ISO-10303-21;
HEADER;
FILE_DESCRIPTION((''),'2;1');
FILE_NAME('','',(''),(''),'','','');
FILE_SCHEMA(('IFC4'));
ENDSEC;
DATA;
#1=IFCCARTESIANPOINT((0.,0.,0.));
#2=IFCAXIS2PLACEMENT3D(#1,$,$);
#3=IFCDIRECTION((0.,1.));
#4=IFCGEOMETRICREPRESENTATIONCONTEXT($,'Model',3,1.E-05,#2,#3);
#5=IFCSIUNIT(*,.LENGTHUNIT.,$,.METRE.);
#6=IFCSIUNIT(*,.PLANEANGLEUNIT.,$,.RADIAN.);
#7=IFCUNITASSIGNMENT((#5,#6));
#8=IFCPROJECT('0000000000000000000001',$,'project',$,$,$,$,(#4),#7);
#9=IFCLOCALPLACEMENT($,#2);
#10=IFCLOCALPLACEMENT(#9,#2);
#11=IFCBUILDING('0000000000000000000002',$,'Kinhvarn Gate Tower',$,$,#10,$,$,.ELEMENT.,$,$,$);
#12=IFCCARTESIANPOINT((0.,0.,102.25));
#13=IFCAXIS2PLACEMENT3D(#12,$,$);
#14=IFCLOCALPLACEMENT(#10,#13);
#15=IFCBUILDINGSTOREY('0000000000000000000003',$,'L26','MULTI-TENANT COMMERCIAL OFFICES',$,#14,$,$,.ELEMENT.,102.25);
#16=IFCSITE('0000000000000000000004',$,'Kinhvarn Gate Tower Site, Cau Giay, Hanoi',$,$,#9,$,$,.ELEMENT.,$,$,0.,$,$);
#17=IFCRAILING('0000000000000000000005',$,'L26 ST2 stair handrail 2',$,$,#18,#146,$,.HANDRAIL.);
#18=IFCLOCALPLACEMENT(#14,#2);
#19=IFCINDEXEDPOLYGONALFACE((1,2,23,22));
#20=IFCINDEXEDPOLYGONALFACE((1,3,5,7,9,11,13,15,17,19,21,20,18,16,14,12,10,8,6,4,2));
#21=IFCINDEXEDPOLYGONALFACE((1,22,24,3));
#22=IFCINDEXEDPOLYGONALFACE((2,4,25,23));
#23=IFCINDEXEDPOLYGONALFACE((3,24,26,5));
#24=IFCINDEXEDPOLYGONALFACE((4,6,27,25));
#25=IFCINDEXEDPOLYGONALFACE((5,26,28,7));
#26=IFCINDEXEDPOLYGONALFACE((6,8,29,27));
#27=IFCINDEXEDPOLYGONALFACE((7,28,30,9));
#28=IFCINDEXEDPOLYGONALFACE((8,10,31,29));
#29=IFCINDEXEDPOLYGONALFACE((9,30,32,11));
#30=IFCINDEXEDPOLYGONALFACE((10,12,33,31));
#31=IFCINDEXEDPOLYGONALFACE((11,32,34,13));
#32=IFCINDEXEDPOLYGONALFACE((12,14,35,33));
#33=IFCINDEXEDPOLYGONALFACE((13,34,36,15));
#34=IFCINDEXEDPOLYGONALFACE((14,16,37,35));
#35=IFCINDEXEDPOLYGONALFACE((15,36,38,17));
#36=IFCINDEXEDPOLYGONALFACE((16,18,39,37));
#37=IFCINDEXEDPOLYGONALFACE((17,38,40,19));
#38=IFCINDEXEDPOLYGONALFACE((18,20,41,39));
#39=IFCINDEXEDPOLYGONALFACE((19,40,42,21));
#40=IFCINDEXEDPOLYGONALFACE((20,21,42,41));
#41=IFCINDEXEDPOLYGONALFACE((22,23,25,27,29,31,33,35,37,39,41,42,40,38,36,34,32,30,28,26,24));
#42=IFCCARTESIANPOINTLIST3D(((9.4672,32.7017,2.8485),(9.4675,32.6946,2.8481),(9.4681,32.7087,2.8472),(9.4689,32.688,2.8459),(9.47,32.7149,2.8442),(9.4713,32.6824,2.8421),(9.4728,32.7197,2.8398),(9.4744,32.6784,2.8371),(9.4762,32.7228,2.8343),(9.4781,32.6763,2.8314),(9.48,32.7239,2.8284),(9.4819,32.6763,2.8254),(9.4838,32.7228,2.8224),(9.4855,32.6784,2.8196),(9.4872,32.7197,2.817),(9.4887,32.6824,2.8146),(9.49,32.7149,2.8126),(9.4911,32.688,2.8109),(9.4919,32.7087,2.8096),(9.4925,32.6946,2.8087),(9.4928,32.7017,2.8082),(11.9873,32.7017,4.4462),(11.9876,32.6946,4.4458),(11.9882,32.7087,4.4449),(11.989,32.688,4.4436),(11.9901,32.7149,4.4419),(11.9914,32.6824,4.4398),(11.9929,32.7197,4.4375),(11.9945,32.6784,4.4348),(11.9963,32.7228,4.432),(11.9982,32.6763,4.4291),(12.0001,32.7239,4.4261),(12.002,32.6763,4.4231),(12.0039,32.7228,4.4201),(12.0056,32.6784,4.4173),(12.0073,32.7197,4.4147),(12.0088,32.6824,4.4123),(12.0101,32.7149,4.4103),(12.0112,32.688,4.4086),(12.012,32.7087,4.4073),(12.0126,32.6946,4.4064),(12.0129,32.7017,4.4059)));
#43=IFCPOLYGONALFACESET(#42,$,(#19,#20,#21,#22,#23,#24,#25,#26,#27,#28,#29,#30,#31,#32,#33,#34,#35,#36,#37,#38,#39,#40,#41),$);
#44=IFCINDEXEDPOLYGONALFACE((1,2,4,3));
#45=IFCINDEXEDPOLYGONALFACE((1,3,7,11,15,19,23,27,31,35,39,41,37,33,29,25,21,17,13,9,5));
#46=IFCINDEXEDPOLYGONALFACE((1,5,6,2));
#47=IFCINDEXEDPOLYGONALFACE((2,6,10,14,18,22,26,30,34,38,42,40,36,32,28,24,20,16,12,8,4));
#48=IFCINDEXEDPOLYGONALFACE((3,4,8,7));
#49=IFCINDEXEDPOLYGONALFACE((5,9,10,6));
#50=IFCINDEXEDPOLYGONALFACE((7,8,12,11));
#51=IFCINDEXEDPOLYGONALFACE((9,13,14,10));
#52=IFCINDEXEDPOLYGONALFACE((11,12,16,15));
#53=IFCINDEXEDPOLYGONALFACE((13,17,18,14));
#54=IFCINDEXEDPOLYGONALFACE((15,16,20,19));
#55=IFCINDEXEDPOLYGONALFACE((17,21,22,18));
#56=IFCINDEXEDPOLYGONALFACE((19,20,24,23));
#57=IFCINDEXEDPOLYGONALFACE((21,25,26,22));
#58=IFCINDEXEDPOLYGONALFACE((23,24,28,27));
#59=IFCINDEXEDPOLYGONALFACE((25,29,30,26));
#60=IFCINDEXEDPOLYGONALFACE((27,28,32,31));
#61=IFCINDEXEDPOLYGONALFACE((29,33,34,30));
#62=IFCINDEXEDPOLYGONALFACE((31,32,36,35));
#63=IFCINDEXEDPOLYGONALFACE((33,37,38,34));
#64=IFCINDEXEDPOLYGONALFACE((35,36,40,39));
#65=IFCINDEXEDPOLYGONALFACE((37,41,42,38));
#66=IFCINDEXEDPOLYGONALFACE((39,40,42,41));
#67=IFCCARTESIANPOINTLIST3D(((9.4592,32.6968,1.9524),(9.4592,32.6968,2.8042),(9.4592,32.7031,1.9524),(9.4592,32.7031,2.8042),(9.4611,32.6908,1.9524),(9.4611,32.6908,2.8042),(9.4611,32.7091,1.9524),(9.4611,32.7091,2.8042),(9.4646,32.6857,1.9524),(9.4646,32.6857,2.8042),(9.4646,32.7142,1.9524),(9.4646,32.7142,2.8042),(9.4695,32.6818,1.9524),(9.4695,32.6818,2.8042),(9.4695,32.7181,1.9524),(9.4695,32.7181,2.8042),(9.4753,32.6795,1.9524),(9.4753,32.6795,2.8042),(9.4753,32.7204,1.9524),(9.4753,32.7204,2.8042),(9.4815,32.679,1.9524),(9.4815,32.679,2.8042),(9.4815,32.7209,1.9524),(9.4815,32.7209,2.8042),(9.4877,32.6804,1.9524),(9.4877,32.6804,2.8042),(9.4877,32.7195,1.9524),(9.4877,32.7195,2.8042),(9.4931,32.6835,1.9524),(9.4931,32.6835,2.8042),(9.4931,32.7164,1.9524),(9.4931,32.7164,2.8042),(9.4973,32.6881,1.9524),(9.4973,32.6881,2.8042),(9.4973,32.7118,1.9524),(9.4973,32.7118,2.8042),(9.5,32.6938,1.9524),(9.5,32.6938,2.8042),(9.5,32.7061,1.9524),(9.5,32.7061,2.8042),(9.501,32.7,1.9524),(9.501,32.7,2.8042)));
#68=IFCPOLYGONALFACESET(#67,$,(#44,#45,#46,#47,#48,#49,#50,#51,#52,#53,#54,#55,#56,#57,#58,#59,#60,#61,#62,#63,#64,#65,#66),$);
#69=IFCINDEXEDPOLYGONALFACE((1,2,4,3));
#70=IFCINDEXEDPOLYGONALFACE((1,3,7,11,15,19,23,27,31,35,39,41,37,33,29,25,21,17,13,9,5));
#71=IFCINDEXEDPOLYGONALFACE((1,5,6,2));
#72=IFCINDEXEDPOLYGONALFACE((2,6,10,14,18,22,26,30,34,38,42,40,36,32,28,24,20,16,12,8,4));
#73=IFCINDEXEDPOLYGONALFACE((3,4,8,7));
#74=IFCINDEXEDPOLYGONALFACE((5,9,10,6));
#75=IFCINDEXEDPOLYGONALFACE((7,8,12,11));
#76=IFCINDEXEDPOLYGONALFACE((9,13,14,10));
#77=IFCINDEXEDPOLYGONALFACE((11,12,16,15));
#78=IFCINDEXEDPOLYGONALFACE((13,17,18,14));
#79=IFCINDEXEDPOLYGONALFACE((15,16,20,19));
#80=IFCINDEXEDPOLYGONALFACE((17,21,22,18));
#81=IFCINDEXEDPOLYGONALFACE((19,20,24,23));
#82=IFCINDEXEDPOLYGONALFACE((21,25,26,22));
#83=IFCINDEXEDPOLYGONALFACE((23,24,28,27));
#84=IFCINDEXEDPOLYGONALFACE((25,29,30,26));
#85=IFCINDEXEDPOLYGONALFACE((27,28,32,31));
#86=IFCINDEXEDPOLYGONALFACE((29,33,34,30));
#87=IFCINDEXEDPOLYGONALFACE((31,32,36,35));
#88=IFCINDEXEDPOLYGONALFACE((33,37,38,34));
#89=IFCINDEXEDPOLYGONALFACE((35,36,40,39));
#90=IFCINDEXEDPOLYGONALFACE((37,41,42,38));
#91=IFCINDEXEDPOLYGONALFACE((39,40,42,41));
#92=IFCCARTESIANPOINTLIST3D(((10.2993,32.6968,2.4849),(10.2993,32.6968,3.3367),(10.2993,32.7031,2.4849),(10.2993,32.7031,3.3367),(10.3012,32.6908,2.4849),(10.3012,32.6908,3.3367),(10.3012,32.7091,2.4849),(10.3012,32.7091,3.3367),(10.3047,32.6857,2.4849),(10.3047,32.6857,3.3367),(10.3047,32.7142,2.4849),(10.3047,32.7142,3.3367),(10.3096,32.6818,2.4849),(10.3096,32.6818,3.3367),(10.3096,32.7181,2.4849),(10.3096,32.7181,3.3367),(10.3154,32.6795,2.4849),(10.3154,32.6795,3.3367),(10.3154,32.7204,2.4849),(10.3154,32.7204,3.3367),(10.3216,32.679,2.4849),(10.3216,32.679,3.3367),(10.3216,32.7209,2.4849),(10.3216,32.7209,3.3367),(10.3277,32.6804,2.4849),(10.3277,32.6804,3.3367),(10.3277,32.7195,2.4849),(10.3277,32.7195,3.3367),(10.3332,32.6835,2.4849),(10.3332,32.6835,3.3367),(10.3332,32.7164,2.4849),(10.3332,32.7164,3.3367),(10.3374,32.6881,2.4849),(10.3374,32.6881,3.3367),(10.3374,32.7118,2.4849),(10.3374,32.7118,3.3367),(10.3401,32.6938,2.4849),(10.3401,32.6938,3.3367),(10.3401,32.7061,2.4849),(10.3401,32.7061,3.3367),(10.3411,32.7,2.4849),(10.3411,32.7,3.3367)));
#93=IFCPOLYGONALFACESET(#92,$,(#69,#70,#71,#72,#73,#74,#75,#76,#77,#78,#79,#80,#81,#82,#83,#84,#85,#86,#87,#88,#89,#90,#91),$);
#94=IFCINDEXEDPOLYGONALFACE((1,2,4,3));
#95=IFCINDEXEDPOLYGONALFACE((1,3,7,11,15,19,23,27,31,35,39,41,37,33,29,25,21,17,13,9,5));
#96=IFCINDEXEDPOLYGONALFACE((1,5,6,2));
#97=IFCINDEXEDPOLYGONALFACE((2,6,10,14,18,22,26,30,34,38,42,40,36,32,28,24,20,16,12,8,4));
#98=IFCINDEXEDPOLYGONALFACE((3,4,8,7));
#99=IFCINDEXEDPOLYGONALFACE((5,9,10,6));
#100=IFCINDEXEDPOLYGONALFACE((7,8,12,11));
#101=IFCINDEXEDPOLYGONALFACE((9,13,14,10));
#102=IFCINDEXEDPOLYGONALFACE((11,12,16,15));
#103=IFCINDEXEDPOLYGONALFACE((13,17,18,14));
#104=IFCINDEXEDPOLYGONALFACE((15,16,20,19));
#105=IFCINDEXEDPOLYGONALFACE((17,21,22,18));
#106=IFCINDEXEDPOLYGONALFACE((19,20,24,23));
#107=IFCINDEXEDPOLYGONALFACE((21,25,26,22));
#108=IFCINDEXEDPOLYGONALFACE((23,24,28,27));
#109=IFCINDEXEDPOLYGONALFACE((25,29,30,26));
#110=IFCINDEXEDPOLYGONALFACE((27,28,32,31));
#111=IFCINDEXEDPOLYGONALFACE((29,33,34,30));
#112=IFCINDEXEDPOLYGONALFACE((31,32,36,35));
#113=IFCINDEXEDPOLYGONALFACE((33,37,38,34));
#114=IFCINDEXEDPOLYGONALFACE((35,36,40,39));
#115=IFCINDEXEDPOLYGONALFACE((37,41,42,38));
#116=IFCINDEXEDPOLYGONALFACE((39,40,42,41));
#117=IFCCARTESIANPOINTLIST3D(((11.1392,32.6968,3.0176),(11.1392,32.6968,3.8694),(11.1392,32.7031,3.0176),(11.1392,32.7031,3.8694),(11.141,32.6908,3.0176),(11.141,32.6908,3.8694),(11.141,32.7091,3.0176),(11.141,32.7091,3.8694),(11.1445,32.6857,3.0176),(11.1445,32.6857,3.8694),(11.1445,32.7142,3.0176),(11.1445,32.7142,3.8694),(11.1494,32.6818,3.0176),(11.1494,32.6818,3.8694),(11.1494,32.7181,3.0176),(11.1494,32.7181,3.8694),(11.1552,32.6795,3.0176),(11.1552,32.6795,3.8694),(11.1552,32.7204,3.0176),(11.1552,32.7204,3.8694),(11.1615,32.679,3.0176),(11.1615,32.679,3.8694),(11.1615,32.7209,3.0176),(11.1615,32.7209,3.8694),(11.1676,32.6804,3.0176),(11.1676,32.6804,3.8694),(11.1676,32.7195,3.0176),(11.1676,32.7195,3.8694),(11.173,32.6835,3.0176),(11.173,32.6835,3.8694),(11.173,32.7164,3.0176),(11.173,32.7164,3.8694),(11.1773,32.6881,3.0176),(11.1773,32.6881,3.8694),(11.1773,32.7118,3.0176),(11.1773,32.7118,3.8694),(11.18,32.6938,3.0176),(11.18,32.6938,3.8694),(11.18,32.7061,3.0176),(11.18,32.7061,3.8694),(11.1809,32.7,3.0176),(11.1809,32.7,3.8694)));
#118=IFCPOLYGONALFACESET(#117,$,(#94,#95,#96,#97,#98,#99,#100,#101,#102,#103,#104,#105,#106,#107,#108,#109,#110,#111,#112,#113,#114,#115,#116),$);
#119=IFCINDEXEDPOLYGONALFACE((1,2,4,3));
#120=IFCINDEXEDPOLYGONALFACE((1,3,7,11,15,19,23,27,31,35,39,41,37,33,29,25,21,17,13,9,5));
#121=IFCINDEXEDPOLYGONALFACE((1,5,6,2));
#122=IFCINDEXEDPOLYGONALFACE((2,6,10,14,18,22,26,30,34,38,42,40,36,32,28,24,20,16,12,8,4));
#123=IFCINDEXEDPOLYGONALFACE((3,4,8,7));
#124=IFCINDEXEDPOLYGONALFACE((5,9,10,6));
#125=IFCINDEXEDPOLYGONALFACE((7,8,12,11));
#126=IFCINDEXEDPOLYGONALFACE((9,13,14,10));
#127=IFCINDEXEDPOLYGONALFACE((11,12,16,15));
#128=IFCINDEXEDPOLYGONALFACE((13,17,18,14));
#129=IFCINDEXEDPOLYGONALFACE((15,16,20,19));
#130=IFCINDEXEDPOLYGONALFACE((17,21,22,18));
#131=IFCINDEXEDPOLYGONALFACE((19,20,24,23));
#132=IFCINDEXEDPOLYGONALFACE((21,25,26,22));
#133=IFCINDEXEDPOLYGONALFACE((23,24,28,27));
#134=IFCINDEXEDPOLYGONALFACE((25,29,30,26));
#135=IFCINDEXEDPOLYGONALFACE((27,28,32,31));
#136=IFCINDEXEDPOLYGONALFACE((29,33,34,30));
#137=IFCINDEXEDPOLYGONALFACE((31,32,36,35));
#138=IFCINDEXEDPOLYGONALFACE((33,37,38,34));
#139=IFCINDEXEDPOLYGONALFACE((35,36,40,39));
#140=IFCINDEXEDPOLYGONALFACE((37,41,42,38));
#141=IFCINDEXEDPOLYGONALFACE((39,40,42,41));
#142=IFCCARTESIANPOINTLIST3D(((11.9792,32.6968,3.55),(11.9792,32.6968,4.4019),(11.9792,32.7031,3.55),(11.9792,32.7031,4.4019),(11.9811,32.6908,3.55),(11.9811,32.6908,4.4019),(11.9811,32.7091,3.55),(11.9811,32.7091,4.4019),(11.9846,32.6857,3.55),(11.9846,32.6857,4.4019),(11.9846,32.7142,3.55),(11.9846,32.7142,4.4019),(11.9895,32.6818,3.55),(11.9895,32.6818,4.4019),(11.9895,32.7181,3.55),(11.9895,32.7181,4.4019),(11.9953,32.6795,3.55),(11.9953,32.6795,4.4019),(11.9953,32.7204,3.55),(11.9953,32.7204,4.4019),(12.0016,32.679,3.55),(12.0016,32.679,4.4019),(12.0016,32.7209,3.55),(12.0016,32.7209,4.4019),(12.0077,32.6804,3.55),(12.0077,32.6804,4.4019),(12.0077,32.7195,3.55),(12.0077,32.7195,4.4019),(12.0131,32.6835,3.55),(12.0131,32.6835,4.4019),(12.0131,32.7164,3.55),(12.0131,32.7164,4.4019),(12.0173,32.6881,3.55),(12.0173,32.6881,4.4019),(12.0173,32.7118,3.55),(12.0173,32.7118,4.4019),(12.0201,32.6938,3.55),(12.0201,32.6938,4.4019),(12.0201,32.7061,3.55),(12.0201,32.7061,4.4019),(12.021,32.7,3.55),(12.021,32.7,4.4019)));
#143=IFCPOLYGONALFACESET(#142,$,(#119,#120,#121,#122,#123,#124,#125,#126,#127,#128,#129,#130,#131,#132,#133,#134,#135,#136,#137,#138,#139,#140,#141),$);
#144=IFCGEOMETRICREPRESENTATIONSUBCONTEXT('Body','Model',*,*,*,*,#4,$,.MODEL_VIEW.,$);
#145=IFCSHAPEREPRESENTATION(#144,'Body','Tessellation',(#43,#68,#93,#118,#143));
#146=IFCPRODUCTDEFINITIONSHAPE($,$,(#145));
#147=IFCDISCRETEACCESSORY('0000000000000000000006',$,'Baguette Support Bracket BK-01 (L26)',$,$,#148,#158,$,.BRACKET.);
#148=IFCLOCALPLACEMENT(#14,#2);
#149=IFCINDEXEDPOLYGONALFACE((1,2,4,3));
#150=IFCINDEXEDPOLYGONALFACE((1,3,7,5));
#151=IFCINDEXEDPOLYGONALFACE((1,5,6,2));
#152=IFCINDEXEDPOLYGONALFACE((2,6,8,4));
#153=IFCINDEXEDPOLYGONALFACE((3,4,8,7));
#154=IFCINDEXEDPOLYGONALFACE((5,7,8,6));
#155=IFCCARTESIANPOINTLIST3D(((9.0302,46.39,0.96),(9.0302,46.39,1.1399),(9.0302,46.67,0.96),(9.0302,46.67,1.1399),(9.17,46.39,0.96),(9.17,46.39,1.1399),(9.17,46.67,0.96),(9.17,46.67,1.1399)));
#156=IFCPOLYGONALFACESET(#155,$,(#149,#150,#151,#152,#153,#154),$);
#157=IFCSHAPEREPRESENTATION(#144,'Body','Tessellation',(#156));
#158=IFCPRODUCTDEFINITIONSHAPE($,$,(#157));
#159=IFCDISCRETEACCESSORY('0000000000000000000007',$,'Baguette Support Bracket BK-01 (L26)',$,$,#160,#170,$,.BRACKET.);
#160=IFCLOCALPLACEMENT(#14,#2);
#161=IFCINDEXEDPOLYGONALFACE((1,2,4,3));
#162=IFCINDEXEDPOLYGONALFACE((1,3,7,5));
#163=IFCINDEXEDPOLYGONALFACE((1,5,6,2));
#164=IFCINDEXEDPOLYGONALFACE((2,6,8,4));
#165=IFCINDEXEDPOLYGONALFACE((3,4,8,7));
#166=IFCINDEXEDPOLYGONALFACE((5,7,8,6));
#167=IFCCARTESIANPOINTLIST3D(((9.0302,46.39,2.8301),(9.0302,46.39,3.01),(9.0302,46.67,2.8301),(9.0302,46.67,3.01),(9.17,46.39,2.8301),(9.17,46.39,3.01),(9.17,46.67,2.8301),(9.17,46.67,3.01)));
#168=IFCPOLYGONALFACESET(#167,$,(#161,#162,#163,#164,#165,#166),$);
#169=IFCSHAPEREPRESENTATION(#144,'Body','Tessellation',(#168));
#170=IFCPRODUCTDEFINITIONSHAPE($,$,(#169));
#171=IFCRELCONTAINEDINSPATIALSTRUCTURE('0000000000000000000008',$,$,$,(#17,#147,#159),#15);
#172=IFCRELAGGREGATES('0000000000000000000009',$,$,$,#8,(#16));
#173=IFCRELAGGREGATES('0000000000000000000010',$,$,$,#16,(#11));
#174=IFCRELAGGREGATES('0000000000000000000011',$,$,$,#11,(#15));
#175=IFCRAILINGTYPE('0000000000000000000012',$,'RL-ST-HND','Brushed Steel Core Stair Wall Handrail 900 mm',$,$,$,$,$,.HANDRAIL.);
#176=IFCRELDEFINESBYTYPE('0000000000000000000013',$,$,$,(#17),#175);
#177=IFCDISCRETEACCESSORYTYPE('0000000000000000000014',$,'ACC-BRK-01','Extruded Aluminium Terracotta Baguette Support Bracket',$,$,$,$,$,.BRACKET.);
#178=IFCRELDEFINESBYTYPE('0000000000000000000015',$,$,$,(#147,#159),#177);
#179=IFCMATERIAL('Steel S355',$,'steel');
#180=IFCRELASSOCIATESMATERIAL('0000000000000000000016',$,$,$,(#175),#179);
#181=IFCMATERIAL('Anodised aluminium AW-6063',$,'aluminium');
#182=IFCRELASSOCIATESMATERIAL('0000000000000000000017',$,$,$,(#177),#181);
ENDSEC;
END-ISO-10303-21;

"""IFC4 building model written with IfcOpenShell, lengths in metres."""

from ifc_helpers import new_model, si_unit, direction, frame, origin, origin_2d, place, context, subcontext, project, spatial, rectangle, circle, extrude, material, type_object, element, save


model = new_model("IFC4")

# Units and contexts
model_context = context("Model", 3, precision=1e-05, world=origin(), true_north=direction((0.0, 1.0)))
body_context = subcontext(model_context, "Body", "Model", "MODEL_VIEW")
ifc_project = project(units=[si_unit("LENGTHUNIT", "METRE"), si_unit("PLANEANGLEUNIT", "RADIAN")], contexts=[model_context])

# Site, building, storey
site_placement = place(None, origin())
site = spatial("IfcSite", under=ifc_project, at=site_placement, Name="Kinhvarn Gate Tower Site, Cau Giay, Hanoi", CompositionType="ELEMENT", RefElevation=0.0)
building_placement = place(site_placement, origin())
building = spatial("IfcBuilding", under=site, at=building_placement, Name="Kinhvarn Gate Tower", CompositionType="ELEMENT")
storey_placement = place(building_placement, frame((0.0, 0.0, 102.25)))
storey = spatial("IfcBuildingStorey", under=building, at=storey_placement, Name="L26", Description="MULTI-TENANT COMMERCIAL OFFICES", CompositionType="ELEMENT", Elevation=102.25)

# Shared definitions
ifc_material_1 = material(Name="Anodised aluminium AW-6063", Category="aluminium")

# Shared definitions
ifc_material_2 = material(Name="Steel S355", Category="steel")

# Railing
railing_type_1 = type_object("IfcRailingType", Name="RL-ST-HND", Description="Brushed Steel Core Stair Wall Handrail 900 mm", PredefinedType="HANDRAIL", material=ifc_material_2)
railing_1_placement = place(storey_placement, frame((9.48, 32.7, 1.9524)))
element("IfcRailing", 1, at=railing_1_placement, inside=storey, type_object=railing_type_1, Name="L26 ST2 stair handrail 2", PredefinedType="HANDRAIL", context=body_context, shape_type="SweptSolid", body=[
    extrude(circle(Radius=0.0239, at=origin_2d()), frame((0.0, 0.0, 0.876), z_axis=(0.84457, 0.0, 0.535445), x_axis=(0.0, 1.0, 0.0)), (0.0, 0.0, 1.0), 2.9839),
    extrude(circle(Radius=0.021, at=origin_2d()), origin(), (0.0, 0.0, 1.0), 0.8518),
    extrude(circle(Radius=0.021, at=origin_2d()), frame((0.8401, 0.0, 0.5325)), (0.0, 0.0, 1.0), 0.8518),
    extrude(circle(Radius=0.021, at=origin_2d()), frame((1.6799, 0.0, 1.0652)), (0.0, 0.0, 1.0), 0.8518),
    extrude(circle(Radius=0.021, at=origin_2d()), frame((2.52, 0.0, 1.5977)), (0.0, 0.0, 1.0), 0.8518),
])

# Discrete accessories
discrete_accessory_type = type_object("IfcDiscreteAccessoryType", Name="ACC-BRK-01", Description="Extruded Aluminium Terracotta Baguette Support Bracket", PredefinedType="BRACKET", material=ifc_material_1)
for number, where, z_axis, x_axis, name in (
    (2, (9.1001, 46.53, 0.96), (0.0, 0.0, 1.0), (-1.0, 0.0, 0.0), "Baguette Support Bracket BK-01 (L26)"),
    (3, (9.1001, 46.53, 2.8301), (0.0, 0.0, 1.0), (-1.0, 0.0, 0.0), "Baguette Support Bracket BK-01 (L26)"),
):
    element("IfcDiscreteAccessory", number, at=place(storey_placement, frame(where, z_axis=z_axis, x_axis=x_axis)), inside=storey, type_object=discrete_accessory_type, Name=name, PredefinedType="BRACKET", context=body_context, shape_type="SweptSolid", body=[
        extrude(rectangle(XDim=0.1399, YDim=0.28, at=origin_2d()), origin(), (0.0, 0.0, 1.0), 0.1799),
    ])

save(model, "model.ifc")
